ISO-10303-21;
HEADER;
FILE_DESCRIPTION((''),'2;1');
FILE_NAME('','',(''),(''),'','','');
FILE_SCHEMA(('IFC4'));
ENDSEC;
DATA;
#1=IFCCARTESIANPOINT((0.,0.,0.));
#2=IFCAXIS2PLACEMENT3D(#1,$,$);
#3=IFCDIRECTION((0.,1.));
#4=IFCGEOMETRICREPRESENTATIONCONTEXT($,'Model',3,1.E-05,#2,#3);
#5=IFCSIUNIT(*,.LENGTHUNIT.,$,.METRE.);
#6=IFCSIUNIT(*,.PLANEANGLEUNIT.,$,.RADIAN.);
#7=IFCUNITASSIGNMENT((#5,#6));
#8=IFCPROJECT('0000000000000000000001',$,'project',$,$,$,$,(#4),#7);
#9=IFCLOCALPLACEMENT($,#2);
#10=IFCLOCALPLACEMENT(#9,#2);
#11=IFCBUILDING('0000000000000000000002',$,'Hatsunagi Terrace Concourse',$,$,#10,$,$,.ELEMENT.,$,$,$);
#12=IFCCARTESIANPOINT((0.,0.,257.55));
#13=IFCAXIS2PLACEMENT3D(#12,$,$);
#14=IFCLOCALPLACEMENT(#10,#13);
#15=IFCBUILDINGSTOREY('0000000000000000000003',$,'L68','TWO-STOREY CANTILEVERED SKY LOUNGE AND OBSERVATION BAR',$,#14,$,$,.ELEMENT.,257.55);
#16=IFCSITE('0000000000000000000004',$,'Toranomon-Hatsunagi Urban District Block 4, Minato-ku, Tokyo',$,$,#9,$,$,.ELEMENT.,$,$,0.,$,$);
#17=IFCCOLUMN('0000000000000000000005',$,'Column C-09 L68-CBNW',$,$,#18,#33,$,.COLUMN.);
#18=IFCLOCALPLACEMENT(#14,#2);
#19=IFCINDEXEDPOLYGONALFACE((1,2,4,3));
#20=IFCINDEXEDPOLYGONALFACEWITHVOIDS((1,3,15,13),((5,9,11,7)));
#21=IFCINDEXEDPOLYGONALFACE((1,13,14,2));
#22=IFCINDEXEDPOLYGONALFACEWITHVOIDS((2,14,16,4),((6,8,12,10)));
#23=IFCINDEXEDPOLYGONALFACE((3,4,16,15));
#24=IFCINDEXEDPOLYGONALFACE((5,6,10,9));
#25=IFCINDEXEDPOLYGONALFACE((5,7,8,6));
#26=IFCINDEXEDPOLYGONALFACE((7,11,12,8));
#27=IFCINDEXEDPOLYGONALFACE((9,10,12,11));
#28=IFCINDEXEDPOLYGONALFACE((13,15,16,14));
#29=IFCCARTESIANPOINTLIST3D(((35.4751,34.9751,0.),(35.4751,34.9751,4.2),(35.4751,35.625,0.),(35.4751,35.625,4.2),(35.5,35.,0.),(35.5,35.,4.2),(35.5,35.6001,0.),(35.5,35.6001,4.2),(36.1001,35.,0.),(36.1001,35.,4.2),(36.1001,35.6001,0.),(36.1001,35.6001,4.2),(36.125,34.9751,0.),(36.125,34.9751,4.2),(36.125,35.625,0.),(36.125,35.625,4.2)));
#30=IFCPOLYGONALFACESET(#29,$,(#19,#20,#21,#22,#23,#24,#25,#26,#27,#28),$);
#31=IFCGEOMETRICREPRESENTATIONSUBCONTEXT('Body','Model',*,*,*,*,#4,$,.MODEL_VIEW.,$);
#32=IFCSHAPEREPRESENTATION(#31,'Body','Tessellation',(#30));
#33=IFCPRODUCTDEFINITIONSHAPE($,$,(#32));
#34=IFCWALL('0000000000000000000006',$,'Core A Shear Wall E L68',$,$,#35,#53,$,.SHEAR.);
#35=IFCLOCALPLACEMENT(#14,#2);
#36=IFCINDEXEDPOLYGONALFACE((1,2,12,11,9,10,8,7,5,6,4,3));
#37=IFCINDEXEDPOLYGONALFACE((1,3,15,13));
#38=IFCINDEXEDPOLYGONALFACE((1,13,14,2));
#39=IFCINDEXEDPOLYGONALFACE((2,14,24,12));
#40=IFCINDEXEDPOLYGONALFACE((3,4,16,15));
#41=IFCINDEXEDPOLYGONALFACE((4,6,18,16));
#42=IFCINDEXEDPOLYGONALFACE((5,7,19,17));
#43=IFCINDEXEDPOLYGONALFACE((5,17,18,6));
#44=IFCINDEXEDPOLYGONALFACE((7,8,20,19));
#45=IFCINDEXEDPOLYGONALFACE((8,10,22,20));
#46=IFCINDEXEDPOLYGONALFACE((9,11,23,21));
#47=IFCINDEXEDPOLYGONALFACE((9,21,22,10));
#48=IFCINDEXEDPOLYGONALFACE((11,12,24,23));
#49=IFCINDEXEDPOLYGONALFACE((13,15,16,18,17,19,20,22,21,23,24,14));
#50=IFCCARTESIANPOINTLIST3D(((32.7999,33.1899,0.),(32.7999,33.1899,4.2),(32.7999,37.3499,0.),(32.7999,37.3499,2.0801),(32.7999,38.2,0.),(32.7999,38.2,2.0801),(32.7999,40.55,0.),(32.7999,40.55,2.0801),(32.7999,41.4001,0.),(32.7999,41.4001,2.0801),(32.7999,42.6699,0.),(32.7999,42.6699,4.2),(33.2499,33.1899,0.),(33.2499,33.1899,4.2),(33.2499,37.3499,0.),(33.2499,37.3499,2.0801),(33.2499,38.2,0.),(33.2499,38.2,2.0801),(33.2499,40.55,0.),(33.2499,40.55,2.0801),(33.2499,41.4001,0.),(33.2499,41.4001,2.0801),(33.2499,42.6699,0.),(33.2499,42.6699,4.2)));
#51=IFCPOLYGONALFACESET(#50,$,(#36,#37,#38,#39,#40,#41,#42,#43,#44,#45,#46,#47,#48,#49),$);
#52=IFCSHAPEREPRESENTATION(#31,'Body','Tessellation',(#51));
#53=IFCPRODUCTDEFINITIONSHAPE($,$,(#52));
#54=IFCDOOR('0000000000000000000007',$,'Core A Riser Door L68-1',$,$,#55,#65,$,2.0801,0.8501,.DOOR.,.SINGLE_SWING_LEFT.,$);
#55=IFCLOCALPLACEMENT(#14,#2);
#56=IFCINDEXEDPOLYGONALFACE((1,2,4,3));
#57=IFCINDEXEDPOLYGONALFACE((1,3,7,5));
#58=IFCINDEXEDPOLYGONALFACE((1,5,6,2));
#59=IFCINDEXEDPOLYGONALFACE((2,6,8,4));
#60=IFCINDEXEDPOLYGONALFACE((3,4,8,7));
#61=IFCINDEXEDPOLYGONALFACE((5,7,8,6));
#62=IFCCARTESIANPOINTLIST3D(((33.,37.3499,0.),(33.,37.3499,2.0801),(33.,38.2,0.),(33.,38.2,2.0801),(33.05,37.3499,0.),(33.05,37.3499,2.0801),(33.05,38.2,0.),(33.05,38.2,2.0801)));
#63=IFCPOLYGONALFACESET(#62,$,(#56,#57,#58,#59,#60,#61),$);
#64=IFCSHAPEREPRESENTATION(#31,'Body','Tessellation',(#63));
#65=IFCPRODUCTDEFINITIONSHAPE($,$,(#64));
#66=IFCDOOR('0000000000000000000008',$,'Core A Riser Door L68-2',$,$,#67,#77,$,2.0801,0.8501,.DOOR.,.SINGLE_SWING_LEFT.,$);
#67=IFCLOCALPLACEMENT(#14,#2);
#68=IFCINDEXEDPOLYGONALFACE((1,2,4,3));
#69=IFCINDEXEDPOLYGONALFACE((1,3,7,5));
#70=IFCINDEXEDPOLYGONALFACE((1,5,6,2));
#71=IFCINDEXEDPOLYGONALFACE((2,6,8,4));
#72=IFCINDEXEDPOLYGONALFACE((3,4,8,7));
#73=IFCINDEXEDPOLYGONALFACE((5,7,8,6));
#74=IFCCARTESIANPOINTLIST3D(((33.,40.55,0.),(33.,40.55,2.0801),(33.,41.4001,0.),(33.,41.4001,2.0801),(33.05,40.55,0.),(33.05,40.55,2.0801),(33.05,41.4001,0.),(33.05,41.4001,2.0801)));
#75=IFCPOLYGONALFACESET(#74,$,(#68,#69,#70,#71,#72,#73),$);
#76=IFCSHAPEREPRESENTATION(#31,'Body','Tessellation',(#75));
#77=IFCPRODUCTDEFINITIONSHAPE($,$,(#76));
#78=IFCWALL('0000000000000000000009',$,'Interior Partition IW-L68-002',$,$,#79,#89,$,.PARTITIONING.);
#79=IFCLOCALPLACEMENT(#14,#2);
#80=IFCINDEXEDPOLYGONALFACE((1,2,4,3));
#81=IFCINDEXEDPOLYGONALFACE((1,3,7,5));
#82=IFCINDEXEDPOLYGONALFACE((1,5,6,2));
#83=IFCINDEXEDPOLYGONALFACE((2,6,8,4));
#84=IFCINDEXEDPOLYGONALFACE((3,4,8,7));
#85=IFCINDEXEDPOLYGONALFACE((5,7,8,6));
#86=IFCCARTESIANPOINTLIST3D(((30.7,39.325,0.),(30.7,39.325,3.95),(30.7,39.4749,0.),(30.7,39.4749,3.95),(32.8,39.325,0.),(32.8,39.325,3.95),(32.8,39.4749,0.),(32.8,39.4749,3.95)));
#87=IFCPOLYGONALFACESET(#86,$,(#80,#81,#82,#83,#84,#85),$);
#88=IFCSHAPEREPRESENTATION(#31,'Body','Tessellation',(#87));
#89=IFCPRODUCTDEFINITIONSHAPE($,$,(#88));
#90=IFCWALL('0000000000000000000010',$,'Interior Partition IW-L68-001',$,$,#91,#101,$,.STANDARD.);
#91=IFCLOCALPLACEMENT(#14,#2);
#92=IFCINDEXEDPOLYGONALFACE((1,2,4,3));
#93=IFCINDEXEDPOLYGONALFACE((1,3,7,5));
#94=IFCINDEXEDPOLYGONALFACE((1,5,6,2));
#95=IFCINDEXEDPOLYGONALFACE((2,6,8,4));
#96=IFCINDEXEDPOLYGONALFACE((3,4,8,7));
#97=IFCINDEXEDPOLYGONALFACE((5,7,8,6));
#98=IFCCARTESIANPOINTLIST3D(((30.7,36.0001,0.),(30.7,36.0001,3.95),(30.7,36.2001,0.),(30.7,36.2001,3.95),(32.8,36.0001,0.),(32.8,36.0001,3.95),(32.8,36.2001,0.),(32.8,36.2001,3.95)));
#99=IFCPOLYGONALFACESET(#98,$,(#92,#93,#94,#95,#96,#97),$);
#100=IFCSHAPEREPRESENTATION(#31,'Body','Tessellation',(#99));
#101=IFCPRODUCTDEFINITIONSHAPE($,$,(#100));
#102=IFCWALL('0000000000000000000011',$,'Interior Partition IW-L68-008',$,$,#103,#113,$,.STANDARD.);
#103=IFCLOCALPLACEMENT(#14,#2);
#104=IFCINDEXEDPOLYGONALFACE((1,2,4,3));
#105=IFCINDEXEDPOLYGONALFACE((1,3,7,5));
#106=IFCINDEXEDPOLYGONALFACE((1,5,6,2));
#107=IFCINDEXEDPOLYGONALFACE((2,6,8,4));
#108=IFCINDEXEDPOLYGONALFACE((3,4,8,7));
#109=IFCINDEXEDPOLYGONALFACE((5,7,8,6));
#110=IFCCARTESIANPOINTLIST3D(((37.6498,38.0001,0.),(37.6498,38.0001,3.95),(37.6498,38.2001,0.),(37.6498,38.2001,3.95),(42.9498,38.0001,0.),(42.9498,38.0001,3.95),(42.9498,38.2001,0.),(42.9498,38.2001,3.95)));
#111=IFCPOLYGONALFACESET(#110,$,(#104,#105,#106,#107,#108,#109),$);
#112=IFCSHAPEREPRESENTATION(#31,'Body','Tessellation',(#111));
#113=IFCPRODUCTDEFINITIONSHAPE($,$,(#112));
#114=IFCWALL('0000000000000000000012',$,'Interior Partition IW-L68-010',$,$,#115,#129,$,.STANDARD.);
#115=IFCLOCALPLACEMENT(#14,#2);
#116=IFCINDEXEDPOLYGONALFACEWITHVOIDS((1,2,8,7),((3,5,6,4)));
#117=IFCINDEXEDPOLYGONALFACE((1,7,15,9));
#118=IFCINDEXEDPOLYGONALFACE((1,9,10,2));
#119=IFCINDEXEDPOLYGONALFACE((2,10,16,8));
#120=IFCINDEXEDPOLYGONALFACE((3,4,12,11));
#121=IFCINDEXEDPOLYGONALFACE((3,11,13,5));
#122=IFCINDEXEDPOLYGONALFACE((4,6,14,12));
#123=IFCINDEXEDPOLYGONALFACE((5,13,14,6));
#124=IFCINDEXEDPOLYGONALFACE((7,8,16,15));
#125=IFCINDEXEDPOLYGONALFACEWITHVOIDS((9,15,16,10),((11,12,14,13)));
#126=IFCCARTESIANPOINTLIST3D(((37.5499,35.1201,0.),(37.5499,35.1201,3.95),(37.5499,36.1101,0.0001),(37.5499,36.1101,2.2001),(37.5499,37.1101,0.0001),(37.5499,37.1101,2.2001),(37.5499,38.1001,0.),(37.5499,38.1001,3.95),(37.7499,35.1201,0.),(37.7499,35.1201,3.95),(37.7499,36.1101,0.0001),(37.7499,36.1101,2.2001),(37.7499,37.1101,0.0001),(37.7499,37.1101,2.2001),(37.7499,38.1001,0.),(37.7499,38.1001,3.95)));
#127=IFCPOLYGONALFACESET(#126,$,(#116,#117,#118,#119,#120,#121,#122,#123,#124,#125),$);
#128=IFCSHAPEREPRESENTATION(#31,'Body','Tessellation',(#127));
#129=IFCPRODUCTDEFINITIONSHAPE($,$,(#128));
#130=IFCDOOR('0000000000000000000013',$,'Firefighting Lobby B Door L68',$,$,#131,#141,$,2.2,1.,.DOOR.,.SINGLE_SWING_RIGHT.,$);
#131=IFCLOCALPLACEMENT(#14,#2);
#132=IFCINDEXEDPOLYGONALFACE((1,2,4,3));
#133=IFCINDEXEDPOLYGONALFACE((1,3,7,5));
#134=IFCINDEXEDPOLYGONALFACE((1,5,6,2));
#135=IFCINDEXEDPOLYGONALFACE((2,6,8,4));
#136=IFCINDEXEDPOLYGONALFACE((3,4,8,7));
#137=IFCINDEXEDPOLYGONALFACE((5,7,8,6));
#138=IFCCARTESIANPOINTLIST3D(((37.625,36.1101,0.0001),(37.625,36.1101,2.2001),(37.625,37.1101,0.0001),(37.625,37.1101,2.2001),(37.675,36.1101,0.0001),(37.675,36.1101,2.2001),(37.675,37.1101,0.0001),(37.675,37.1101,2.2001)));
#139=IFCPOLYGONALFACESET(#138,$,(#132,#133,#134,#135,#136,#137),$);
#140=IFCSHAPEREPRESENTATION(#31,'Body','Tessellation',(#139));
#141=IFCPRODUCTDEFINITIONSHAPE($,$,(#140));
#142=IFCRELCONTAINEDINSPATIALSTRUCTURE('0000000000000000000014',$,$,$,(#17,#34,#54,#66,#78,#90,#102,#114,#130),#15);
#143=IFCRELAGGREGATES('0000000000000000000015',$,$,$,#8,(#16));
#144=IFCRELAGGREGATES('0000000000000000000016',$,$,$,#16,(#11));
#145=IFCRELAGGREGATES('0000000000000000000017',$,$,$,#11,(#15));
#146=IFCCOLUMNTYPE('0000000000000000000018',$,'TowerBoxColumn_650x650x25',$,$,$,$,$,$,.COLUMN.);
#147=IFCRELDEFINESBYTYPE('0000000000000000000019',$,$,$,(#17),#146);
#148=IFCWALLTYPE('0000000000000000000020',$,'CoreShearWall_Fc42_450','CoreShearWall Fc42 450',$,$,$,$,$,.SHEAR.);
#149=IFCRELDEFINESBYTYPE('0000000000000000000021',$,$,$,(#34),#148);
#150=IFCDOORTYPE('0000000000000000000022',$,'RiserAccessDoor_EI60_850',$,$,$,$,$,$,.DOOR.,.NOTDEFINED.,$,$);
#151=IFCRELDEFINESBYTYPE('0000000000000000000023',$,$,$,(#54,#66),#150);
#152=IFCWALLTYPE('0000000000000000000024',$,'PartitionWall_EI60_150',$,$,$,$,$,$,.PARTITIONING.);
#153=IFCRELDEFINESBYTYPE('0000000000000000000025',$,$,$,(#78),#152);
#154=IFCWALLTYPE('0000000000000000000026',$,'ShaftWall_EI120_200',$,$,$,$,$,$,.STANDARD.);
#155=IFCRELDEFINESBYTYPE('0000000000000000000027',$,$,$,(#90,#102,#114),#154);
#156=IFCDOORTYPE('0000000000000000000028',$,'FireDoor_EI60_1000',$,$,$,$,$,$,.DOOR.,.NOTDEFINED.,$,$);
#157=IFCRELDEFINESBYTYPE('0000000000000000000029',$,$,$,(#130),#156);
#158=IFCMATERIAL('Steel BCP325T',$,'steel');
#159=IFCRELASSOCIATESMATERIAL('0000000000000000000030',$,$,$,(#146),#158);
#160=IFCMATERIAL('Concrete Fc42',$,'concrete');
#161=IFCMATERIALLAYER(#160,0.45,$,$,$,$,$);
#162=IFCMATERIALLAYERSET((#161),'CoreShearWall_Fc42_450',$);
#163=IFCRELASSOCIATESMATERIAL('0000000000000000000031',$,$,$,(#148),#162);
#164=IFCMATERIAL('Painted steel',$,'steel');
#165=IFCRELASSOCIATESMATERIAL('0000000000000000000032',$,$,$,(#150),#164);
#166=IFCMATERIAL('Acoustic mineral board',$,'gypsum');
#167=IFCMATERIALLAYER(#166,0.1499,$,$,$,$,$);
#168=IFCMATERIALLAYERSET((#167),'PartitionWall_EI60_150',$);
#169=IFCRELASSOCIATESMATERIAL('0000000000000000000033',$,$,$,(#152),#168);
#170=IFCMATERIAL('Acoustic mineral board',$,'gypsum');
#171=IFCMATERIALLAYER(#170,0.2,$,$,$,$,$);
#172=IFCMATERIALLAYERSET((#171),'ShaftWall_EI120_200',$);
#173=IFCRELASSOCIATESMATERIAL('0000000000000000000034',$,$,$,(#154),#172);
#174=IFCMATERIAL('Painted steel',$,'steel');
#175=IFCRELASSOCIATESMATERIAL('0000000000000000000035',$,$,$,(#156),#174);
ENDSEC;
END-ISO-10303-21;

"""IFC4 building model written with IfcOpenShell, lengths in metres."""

from ifc_helpers import new_model, si_unit, direction, frame, frame_2d, origin, origin_2d, place, context, subcontext, project, spatial, rectangle, hollow_rectangle, extrude, material, layer, layer_set, material_profile, profile_set, type_object, element, fill, save


model = new_model("IFC4")

# Units and contexts
model_context = context("Model", 3, precision=1e-05, world=origin(), true_north=direction((0.0, 1.0)))
body_context = subcontext(model_context, "Body", "Model", "MODEL_VIEW")
ifc_project = project(units=[si_unit("LENGTHUNIT", "METRE"), si_unit("PLANEANGLEUNIT", "RADIAN")], contexts=[model_context])

# Site, building, storey
site_placement = place(None, origin())
site = spatial("IfcSite", under=ifc_project, at=site_placement, Name="Toranomon-Hatsunagi Urban District Block 4, Minato-ku, Tokyo", CompositionType="ELEMENT", RefElevation=0.0)
building_placement = place(site_placement, origin())
building = spatial("IfcBuilding", under=site, at=building_placement, Name="Hatsunagi Terrace Concourse", CompositionType="ELEMENT")
storey_placement = place(building_placement, frame((0.0, 0.0, 257.55)))
storey = spatial("IfcBuildingStorey", under=building, at=storey_placement, Name="L68", Description="TWO-STOREY CANTILEVERED SKY LOUNGE AND OBSERVATION BAR", CompositionType="ELEMENT", Elevation=257.55)

# Column
ifc_material_1 = material(Name="Steel BCP325T", Category="steel")
ifc_material_profile = material_profile(ifc_material_1, hollow_rectangle(XDim=0.6499, YDim=0.6499, WallThickness=0.0249, at=origin_2d()), Name="BCP-650x650x25")
ifc_profile_set = profile_set([ifc_material_profile], Name="Steel BCP325T")
column_type = type_object("IfcColumnType", Name="TowerBoxColumn_650x650x25", PredefinedType="COLUMN", material=ifc_profile_set)
column_placement = place(storey_placement, frame((35.8, 35.3, 0.0), z_axis=(0.0, 0.0, 1.0), x_axis=(1.0, 0.0, 0.0)))
element("IfcColumn", 1, at=column_placement, inside=storey, type_object=column_type, Name="Column C-09 L68-CBNW", PredefinedType="COLUMN", context=body_context, shape_type="SweptSolid", body=[
    extrude(hollow_rectangle(XDim=0.6499, YDim=0.6499, WallThickness=0.0249, at=origin_2d()), origin(), (0.0, 0.0, 1.0), 4.2),
])

# Wall, openings, doors
ifc_material_2 = material(Name="Concrete Fc42", Category="concrete")
ifc_layer_1 = layer(ifc_material_2, 0.45)
ifc_layer_set_1 = layer_set([ifc_layer_1], Name="CoreShearWall_Fc42_450")
wall_type_1 = type_object("IfcWallType", Name="CoreShearWall_Fc42_450", Description="CoreShearWall Fc42 450", PredefinedType="SHEAR", material=ifc_layer_set_1)
wall_1_placement = place(storey_placement, frame((33.0249, 33.1899, 0.0), z_axis=(0.0, 0.0, 1.0), x_axis=(0.0, 1.0, 0.0)))
wall_1 = element("IfcWall", 2, at=wall_1_placement, inside=storey, type_object=wall_type_1, Name="Core A Shear Wall E L68", PredefinedType="SHEAR", context=body_context, shape_type="SweptSolid", body=[
    extrude(rectangle(XDim=9.48, YDim=0.45, at=frame_2d((4.74, 0.0))), origin(), (0.0, 0.0, 1.0), 4.2),
])
opening_1_placement = place(wall_1_placement, frame((4.1599, 0.0, 0.0)))
opening_1 = element("IfcOpeningElement", 3, at=opening_1_placement, cuts=wall_1, PredefinedType="OPENING", context=body_context, shape_type="SweptSolid", body=[
    extrude(rectangle(XDim=0.8501, YDim=2.0801, at=frame_2d((0.425, 1.04))), frame((0.0, 0.2349, 0.0), z_axis=(0.0, -1.0, 0.0), x_axis=(1.0, 0.0, 0.0)), (0.0, 0.0, 1.0), 0.47),
])
opening_2_placement = place(wall_1_placement, frame((7.3601, 0.0, 0.0)))
opening_2 = element("IfcOpeningElement", 4, at=opening_2_placement, cuts=wall_1, PredefinedType="OPENING", context=body_context, shape_type="SweptSolid", body=[
    extrude(rectangle(XDim=0.8501, YDim=2.0801, at=frame_2d((0.425, 1.04))), frame((0.0, 0.2349, 0.0), z_axis=(0.0, -1.0, 0.0), x_axis=(1.0, 0.0, 0.0)), (0.0, 0.0, 1.0), 0.47),
])
ifc_material_3 = material(Name="Painted steel", Category="steel")
door_type_1 = type_object("IfcDoorType", Name="RiserAccessDoor_EI60_850", OperationType="NOTDEFINED", PredefinedType="DOOR", material=ifc_material_3)
door_1_placement = place(opening_1_placement, origin())
door_1 = element("IfcDoor", 5, at=door_1_placement, inside=storey, type_object=door_type_1, Name="Core A Riser Door L68-1", OperationType="SINGLE_SWING_LEFT", OverallHeight=2.0801, OverallWidth=0.8501, PredefinedType="DOOR", context=body_context, shape_type="SweptSolid", body=[
    extrude(rectangle(XDim=0.8501, YDim=2.0801, at=frame_2d((0.425, 1.04))), frame((0.0, 0.0249, 0.0), z_axis=(0.0, -1.0, 0.0), x_axis=(1.0, 0.0, 0.0)), (0.0, 0.0, 1.0), 0.05),
])
fill(opening_1, door_1)
door_2_placement = place(opening_2_placement, origin())
door_2 = element("IfcDoor", 6, at=door_2_placement, inside=storey, type_object=door_type_1, Name="Core A Riser Door L68-2", OperationType="SINGLE_SWING_LEFT", OverallHeight=2.0801, OverallWidth=0.8501, PredefinedType="DOOR", context=body_context, shape_type="SweptSolid", body=[
    extrude(rectangle(XDim=0.8501, YDim=2.0801, at=frame_2d((0.425, 1.04))), frame((0.0, 0.0249, 0.0), z_axis=(0.0, -1.0, 0.0), x_axis=(1.0, 0.0, 0.0)), (0.0, 0.0, 1.0), 0.05),
])
fill(opening_2, door_2)

# Walls
ifc_material_4 = material(Name="Acoustic mineral board", Category="gypsum")
ifc_layer_2 = layer(ifc_material_4, 0.1499)
ifc_layer_set_2 = layer_set([ifc_layer_2], Name="PartitionWall_EI60_150")
wall_type_2 = type_object("IfcWallType", Name="PartitionWall_EI60_150", PredefinedType="PARTITIONING", material=ifc_layer_set_2)
wall_2_placement = place(storey_placement, frame((30.7, 39.3999, 0.0), z_axis=(0.0, 0.0, 1.0), x_axis=(1.0, 0.0, 0.0)))
element("IfcWall", 7, at=wall_2_placement, inside=storey, type_object=wall_type_2, Name="Interior Partition IW-L68-002", PredefinedType="PARTITIONING", context=body_context, shape_type="SweptSolid", body=[
    extrude(rectangle(XDim=2.1001, YDim=0.1499, at=frame_2d((1.05, 0.0))), origin(), (0.0, 0.0, 1.0), 3.95),
])
ifc_material_5 = material(Name="Acoustic mineral board", Category="gypsum")
ifc_layer_3 = layer(ifc_material_5, 0.2)
ifc_layer_set_3 = layer_set([ifc_layer_3], Name="ShaftWall_EI120_200")
wall_type_3 = type_object("IfcWallType", Name="ShaftWall_EI120_200", PredefinedType="STANDARD", material=ifc_layer_set_3)
wall_3_placement = place(storey_placement, frame((30.7, 36.1001, 0.0), z_axis=(0.0, 0.0, 1.0), x_axis=(1.0, 0.0, 0.0)))
element("IfcWall", 8, at=wall_3_placement, inside=storey, type_object=wall_type_3, Name="Interior Partition IW-L68-001", PredefinedType="STANDARD", context=body_context, shape_type="SweptSolid", body=[
    extrude(rectangle(XDim=2.1001, YDim=0.2, at=frame_2d((1.05, 0.0))), origin(), (0.0, 0.0, 1.0), 3.95),
])
wall_4_placement = place(storey_placement, frame((37.6499, 38.1001, 0.0), z_axis=(0.0, 0.0, 1.0), x_axis=(1.0, 0.0, 0.0)))
element("IfcWall", 9, at=wall_4_placement, inside=storey, type_object=wall_type_3, Name="Interior Partition IW-L68-008", PredefinedType="STANDARD", context=body_context, shape_type="SweptSolid", body=[
    extrude(rectangle(XDim=5.3, YDim=0.2, at=frame_2d((2.6499, 0.0))), origin(), (0.0, 0.0, 1.0), 3.95),
])

# Wall, opening, door
wall_5_placement = place(storey_placement, frame((37.6499, 35.1201, 0.0), z_axis=(0.0, 0.0, 1.0), x_axis=(0.0, 1.0, 0.0)))
wall_5 = element("IfcWall", 10, at=wall_5_placement, inside=storey, type_object=wall_type_3, Name="Interior Partition IW-L68-010", PredefinedType="STANDARD", context=body_context, shape_type="SweptSolid", body=[
    extrude(rectangle(XDim=2.98, YDim=0.2, at=frame_2d((1.49, 0.0))), origin(), (0.0, 0.0, 1.0), 3.95),
])
opening_3_placement = place(wall_5_placement, frame((0.99, 0.0, 0.0)))
opening_3 = element("IfcOpeningElement", 11, at=opening_3_placement, cuts=wall_5, PredefinedType="OPENING", context=body_context, shape_type="SweptSolid", body=[
    extrude(rectangle(XDim=1.0, YDim=2.2, at=frame_2d((0.5, 1.1001))), frame((0.0, 0.1099, 0.0), z_axis=(0.0, -1.0, 0.0), x_axis=(1.0, 0.0, 0.0)), (0.0, 0.0, 1.0), 0.22),
])
ifc_material_6 = material(Name="Painted steel", Category="steel")
door_type_2 = type_object("IfcDoorType", Name="FireDoor_EI60_1000", OperationType="NOTDEFINED", PredefinedType="DOOR", material=ifc_material_6)
door_3_placement = place(opening_3_placement, origin())
door_3 = element("IfcDoor", 12, at=door_3_placement, inside=storey, type_object=door_type_2, Name="Firefighting Lobby B Door L68", OperationType="SINGLE_SWING_RIGHT", OverallHeight=2.2, OverallWidth=1.0, PredefinedType="DOOR", context=body_context, shape_type="SweptSolid", body=[
    extrude(rectangle(XDim=1.0, YDim=2.2, at=frame_2d((0.5, 1.1001))), frame((0.0, 0.0249, 0.0), z_axis=(0.0, -1.0, 0.0), x_axis=(1.0, 0.0, 0.0)), (0.0, 0.0, 1.0), 0.05),
])
fill(opening_3, door_3)

save(model, "model.ifc")
